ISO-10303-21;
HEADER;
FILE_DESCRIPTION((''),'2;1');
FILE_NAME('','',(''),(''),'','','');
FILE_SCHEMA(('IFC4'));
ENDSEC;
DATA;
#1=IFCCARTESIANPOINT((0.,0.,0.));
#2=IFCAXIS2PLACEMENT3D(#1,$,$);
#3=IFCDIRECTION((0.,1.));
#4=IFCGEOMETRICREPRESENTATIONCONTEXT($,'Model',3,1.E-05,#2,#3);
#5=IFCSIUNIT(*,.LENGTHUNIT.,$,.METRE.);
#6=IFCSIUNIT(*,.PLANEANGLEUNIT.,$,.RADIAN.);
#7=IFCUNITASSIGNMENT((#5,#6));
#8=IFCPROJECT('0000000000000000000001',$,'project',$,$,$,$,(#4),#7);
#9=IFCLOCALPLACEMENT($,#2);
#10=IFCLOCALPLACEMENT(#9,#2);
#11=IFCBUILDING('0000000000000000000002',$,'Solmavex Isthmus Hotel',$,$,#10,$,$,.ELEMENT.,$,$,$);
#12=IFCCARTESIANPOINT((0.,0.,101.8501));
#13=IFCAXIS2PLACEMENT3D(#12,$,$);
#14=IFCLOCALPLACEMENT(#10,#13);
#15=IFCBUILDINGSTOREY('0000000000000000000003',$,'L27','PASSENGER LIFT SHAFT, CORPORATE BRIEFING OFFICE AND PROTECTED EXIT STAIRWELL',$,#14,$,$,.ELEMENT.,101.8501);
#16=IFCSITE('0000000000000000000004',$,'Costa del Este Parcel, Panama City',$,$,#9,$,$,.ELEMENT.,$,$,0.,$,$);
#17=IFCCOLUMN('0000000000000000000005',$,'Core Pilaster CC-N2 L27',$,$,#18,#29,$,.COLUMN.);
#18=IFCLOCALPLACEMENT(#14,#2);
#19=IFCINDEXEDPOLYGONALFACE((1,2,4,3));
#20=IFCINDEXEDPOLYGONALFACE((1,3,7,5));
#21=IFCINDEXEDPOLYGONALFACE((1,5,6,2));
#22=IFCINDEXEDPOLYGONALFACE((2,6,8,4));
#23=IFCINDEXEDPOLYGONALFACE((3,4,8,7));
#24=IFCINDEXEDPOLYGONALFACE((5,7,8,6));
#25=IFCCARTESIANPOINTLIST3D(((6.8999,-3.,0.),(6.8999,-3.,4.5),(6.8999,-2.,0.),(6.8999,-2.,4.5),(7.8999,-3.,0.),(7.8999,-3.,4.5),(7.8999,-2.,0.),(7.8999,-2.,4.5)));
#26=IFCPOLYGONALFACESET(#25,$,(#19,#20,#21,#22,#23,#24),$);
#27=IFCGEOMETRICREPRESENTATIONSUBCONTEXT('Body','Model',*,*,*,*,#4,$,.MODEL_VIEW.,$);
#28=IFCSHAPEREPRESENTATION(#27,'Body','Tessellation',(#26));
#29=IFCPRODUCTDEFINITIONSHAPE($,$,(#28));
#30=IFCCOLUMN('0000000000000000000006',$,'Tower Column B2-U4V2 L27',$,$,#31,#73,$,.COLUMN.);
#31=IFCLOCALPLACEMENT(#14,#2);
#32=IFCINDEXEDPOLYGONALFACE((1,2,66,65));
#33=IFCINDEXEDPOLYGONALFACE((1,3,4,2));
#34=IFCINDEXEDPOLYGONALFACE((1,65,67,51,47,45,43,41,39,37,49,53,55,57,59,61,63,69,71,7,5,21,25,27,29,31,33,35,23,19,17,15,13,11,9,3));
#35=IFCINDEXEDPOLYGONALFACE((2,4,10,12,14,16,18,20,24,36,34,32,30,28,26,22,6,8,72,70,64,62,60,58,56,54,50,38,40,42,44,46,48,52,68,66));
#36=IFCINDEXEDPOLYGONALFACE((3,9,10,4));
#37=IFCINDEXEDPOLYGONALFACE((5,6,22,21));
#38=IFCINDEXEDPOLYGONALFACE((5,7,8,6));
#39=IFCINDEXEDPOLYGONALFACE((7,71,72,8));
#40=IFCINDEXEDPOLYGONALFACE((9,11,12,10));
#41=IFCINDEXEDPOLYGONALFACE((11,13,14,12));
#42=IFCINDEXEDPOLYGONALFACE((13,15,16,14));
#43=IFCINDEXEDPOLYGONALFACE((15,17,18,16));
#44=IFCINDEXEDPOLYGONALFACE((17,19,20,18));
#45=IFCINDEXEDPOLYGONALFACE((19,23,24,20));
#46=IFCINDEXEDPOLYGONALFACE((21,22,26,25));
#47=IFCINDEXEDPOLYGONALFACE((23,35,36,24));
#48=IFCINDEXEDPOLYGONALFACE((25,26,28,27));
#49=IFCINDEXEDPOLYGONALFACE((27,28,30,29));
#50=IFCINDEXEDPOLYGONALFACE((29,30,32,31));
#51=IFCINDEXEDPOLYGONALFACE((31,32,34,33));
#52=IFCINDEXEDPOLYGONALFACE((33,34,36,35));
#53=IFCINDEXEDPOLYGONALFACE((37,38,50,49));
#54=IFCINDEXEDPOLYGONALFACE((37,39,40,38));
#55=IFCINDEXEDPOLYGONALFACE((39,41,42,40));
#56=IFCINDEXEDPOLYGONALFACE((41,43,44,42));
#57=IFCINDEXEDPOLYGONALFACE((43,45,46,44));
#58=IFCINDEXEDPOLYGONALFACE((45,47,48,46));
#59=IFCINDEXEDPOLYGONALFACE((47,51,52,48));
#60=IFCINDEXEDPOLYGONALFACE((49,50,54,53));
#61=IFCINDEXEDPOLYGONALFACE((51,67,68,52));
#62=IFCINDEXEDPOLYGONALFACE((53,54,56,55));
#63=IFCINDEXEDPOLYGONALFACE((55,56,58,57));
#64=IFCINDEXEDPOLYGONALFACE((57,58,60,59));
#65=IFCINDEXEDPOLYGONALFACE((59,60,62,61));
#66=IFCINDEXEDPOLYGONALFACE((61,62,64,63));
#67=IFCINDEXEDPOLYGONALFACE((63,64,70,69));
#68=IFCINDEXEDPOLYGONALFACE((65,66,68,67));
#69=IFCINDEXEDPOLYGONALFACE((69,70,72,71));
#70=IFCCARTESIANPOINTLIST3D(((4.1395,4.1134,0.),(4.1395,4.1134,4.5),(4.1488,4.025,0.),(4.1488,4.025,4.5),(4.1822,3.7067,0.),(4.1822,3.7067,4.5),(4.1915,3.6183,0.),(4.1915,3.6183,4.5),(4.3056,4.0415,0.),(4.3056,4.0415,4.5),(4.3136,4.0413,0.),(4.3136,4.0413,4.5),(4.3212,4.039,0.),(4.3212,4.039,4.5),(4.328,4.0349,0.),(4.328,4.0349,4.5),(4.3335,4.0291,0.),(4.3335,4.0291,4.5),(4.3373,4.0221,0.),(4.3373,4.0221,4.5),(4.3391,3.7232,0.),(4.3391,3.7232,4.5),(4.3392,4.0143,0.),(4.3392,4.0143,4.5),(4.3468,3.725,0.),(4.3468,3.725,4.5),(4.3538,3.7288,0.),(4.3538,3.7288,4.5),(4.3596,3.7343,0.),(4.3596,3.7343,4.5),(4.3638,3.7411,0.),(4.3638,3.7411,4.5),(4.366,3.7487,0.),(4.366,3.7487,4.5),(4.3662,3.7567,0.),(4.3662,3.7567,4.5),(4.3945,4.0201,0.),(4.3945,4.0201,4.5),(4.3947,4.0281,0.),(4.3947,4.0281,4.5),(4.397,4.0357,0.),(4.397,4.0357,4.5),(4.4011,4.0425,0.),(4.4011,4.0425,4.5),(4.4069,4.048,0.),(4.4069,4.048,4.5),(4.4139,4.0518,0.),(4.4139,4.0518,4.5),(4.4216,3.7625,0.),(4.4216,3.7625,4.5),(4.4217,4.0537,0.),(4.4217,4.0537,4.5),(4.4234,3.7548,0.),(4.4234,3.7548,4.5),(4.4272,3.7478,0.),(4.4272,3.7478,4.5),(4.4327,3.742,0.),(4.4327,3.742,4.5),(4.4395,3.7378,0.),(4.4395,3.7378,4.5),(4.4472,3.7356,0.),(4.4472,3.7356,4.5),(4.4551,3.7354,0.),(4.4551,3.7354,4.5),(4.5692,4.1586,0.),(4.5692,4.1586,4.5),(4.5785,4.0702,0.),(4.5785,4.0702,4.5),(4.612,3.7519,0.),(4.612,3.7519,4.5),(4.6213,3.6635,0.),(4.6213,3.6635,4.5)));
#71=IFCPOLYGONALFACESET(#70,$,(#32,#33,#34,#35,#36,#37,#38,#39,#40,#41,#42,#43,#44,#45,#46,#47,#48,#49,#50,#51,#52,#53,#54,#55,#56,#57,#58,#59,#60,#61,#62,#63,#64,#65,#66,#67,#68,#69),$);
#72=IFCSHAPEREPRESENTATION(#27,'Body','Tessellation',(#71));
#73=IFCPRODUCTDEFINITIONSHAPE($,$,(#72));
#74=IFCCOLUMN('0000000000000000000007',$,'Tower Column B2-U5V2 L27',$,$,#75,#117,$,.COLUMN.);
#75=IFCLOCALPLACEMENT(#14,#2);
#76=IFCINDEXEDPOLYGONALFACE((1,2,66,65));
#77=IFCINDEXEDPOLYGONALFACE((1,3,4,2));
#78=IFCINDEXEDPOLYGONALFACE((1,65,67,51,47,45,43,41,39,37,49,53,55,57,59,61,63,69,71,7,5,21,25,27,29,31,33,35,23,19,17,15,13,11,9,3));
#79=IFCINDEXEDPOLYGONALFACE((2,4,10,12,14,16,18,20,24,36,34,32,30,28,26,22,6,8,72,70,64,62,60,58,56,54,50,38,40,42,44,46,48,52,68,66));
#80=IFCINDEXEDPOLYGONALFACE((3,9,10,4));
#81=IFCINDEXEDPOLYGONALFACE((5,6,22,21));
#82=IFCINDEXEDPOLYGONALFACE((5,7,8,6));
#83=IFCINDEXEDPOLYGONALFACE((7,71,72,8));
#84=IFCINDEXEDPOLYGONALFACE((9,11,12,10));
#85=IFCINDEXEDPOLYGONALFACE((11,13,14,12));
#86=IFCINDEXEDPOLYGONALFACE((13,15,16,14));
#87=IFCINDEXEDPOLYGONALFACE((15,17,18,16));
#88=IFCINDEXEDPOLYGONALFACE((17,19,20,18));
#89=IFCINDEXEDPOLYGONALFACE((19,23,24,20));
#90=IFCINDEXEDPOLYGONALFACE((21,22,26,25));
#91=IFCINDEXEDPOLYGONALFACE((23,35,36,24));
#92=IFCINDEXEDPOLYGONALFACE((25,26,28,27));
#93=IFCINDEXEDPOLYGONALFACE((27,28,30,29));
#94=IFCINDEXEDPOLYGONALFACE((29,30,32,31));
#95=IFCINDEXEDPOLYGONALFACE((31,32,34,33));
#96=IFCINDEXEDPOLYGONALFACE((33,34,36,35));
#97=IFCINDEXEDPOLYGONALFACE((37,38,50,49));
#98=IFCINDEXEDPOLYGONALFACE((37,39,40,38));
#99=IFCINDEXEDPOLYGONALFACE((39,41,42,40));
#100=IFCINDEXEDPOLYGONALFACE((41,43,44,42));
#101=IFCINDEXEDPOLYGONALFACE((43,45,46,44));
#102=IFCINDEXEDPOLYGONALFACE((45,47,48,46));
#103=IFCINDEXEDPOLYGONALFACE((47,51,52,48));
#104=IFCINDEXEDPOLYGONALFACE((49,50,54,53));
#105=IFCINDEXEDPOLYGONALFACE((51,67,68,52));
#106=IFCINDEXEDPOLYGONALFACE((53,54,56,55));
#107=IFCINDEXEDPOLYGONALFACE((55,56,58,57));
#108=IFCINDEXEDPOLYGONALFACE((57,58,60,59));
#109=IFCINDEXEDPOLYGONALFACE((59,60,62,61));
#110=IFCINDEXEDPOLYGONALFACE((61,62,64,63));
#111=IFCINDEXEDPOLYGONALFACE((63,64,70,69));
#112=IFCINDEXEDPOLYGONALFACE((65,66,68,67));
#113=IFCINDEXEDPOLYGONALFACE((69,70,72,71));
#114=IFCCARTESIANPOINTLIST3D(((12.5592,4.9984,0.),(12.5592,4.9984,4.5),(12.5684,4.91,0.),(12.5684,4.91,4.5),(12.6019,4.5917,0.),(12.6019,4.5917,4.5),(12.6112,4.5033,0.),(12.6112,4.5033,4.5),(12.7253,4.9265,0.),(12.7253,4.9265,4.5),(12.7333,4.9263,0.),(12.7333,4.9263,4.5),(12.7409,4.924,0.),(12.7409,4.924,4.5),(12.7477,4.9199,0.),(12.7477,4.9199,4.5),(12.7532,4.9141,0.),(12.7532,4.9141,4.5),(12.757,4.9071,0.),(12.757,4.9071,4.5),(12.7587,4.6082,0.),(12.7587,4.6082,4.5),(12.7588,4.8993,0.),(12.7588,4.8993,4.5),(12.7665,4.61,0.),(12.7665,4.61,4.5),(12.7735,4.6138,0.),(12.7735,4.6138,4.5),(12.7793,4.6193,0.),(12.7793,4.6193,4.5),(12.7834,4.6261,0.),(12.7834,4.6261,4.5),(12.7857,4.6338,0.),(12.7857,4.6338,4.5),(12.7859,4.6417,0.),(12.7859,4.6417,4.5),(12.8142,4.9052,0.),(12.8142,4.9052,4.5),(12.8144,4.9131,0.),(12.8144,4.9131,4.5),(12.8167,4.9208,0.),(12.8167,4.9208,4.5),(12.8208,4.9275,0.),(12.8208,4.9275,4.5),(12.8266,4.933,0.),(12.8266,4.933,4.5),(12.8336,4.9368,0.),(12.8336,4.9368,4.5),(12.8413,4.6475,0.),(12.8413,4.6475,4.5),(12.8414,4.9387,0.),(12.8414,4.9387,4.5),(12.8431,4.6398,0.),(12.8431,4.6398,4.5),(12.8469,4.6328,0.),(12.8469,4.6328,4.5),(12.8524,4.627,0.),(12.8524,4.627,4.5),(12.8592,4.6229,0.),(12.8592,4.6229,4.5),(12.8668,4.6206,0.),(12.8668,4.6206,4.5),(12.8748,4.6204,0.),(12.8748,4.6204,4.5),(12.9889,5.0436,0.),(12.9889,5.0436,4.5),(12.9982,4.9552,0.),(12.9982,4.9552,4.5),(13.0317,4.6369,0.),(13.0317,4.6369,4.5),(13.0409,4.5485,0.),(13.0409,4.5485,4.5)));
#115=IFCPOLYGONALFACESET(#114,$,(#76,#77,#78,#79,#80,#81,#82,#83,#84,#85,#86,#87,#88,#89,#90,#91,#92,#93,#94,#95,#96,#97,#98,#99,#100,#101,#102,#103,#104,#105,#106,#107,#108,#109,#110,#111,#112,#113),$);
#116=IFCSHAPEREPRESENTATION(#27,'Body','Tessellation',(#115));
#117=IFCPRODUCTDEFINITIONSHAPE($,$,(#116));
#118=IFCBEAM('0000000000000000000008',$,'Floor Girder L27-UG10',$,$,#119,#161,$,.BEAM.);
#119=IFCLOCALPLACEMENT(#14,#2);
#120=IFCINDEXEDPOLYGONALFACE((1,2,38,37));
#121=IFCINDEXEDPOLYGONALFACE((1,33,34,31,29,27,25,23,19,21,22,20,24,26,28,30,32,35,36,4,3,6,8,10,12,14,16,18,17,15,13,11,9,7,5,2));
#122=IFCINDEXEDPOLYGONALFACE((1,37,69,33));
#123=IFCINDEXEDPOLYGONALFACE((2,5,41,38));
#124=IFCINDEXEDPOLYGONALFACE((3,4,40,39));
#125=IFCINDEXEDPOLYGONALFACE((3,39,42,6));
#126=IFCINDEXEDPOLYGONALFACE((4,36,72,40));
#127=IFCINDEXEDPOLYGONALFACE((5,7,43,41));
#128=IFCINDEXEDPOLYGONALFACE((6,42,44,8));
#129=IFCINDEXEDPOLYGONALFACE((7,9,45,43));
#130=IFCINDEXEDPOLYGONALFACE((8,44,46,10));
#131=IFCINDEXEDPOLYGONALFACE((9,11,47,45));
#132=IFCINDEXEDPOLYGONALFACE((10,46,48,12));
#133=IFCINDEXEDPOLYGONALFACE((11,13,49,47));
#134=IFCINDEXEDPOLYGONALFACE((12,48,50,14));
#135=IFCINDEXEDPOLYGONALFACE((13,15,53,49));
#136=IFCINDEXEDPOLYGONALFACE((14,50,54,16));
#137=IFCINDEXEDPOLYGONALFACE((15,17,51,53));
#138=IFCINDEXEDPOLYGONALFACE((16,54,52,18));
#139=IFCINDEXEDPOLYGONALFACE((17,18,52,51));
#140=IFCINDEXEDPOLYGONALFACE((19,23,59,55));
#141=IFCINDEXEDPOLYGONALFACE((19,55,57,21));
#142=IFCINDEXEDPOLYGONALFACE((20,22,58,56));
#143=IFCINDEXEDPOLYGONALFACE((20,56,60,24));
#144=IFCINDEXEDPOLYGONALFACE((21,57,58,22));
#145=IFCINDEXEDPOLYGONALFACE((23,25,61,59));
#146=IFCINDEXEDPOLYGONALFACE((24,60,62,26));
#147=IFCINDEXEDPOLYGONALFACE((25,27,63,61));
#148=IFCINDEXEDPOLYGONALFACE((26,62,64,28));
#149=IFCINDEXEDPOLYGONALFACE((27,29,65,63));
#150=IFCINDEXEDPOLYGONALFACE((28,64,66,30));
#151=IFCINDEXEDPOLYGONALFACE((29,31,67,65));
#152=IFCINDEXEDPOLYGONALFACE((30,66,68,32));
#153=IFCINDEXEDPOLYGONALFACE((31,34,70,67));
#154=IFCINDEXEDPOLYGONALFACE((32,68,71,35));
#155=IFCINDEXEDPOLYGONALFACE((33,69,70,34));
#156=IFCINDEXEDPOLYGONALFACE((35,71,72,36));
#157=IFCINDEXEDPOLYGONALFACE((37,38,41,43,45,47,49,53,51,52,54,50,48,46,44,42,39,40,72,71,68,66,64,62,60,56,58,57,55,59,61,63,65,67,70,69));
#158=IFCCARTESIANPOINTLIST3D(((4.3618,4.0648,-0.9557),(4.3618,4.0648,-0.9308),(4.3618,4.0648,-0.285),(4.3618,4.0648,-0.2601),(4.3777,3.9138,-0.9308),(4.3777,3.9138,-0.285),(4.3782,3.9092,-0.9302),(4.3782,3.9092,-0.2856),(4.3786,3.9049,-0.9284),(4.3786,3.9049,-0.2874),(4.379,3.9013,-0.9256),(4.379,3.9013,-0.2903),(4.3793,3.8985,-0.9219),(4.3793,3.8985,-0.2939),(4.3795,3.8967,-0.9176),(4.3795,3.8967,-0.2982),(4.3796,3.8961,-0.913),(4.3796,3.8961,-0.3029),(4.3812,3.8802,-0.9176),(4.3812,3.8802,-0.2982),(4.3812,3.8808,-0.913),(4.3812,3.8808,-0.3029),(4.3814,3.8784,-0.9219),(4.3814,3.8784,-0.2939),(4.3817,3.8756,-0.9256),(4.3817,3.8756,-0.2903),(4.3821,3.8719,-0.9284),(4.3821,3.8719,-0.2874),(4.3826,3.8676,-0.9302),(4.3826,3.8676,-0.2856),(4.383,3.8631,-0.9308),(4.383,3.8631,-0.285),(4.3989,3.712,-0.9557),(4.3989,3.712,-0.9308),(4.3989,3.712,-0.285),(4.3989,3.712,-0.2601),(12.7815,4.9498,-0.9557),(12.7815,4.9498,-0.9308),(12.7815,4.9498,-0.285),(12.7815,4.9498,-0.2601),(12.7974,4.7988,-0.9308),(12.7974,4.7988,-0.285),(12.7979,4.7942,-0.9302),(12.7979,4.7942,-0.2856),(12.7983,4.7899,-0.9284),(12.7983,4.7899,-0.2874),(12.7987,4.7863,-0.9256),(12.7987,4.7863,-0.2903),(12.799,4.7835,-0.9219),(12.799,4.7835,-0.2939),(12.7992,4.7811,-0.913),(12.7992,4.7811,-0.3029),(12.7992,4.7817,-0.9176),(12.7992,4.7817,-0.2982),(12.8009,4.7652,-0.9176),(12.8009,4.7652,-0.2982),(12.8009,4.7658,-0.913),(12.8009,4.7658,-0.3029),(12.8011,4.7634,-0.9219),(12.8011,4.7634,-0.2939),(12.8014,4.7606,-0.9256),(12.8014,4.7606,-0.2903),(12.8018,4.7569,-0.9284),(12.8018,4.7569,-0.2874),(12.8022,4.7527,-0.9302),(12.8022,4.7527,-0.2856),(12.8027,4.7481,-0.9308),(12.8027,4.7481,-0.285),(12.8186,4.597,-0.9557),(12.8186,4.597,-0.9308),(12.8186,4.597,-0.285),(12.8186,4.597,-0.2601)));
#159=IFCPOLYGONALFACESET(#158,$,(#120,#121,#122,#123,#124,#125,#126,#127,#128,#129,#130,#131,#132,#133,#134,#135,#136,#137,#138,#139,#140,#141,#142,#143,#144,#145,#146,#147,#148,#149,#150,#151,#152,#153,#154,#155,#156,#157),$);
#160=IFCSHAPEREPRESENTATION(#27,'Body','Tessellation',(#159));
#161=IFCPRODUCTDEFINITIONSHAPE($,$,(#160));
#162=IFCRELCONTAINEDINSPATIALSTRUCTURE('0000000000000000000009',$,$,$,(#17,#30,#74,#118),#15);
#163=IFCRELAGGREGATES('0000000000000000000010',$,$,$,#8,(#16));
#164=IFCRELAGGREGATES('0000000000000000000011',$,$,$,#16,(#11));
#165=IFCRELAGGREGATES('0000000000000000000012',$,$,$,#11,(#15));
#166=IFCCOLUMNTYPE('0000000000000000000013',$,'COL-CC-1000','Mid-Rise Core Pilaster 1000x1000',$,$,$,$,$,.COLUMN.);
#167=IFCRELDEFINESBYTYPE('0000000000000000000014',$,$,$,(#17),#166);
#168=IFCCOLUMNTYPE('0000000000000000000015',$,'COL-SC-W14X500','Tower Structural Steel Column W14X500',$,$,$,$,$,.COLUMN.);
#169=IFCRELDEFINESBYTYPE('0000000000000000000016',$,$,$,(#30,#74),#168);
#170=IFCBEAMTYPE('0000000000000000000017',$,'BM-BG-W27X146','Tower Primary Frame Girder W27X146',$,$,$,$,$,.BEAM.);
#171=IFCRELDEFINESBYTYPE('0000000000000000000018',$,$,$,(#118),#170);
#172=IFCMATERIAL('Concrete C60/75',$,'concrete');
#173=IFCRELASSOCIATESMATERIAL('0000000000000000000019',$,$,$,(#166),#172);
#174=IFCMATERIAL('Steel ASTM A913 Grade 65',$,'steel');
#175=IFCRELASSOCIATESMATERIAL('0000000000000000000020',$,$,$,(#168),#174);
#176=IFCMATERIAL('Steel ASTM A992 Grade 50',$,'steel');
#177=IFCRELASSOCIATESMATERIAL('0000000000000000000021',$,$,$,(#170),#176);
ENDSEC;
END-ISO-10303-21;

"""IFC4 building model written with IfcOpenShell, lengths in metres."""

from ifc_helpers import new_model, si_unit, direction, frame, origin, origin_2d, place, context, subcontext, project, spatial, rectangle, i_section, extrude, material, material_profile, profile_set, type_object, element, save


model = new_model("IFC4")

# Units and contexts
model_context = context("Model", 3, precision=1e-05, world=origin(), true_north=direction((0.0, 1.0)))
body_context = subcontext(model_context, "Body", "Model", "MODEL_VIEW")
ifc_project = project(units=[si_unit("LENGTHUNIT", "METRE"), si_unit("PLANEANGLEUNIT", "RADIAN")], contexts=[model_context])

# Site, building, storey
site_placement = place(None, origin())
site = spatial("IfcSite", under=ifc_project, at=site_placement, Name="Costa del Este Parcel, Panama City", CompositionType="ELEMENT", RefElevation=0.0)
building_placement = place(site_placement, origin())
building = spatial("IfcBuilding", under=site, at=building_placement, Name="Solmavex Isthmus Hotel", CompositionType="ELEMENT")
storey_placement = place(building_placement, frame((0.0, 0.0, 101.8501)))
storey = spatial("IfcBuildingStorey", under=building, at=storey_placement, Name="L27", Description="PASSENGER LIFT SHAFT, CORPORATE BRIEFING OFFICE AND PROTECTED EXIT STAIRWELL", CompositionType="ELEMENT", Elevation=101.8501)

# Columns
ifc_material_1 = material(Name="Concrete C60/75", Category="concrete")
ifc_material_profile_1 = material_profile(ifc_material_1, rectangle(XDim=1.0, YDim=1.0, at=origin_2d()), Name="RC1000X1000")
ifc_profile_set_1 = profile_set([ifc_material_profile_1], Name="Concrete C60/75")
column_type_1 = type_object("IfcColumnType", Name="COL-CC-1000", Description="Mid-Rise Core Pilaster 1000x1000", PredefinedType="COLUMN", material=ifc_profile_set_1)
column_placement = place(storey_placement, frame((7.3999, -2.5, 0.0), z_axis=(0.0, 0.0, 1.0), x_axis=(1.0, 0.0, 0.0)))
element("IfcColumn", 1, at=column_placement, inside=storey, type_object=column_type_1, Name="Core Pilaster CC-N2 L27", PredefinedType="COLUMN", context=body_context, shape_type="SweptSolid", body=[
    extrude(rectangle(XDim=1.0, YDim=1.0, at=origin_2d()), origin(), (0.0, 0.0, 1.0), 4.5),
])
ifc_material_2 = material(Name="Steel ASTM A913 Grade 65", Category="steel")
ifc_material_profile_2 = material_profile(ifc_material_2, i_section(OverallWidth=0.4321, OverallDepth=0.4978, WebThickness=0.0557, FlangeThickness=0.0889, FilletRadius=0.0305, at=origin_2d()), Name="W14X500")
ifc_profile_set_2 = profile_set([ifc_material_profile_2], Name="Steel ASTM A913 Grade 65")
column_type_2 = type_object("IfcColumnType", Name="COL-SC-W14X500", Description="Tower Structural Steel Column W14X500", PredefinedType="COLUMN", material=ifc_profile_set_2)
for number, where, z_axis, x_axis, name in (
    (2, (4.3804, 3.8884, 0.0), (0.0, 0.0, 1.0), (0.994522, 0.104528, 0.0), "Tower Column B2-U4V2 L27"),
    (3, (12.8, 4.7734, 0.0), (0.0, 0.0, 1.0), (0.994522, 0.104528, 0.0), "Tower Column B2-U5V2 L27"),
):
    element("IfcColumn", number, at=place(storey_placement, frame(where, z_axis=z_axis, x_axis=x_axis)), inside=storey, type_object=column_type_2, Name=name, PredefinedType="COLUMN", context=body_context, shape_type="SweptSolid", body=[
        extrude(i_section(OverallWidth=0.4321, OverallDepth=0.4978, WebThickness=0.0557, FlangeThickness=0.0889, FilletRadius=0.0305, at=origin_2d()), origin(), (0.0, 0.0, 1.0), 4.5),
    ])

# Beam
ifc_material_3 = material(Name="Steel ASTM A992 Grade 50", Category="steel")
ifc_material_profile_3 = material_profile(ifc_material_3, i_section(OverallWidth=0.3547, OverallDepth=0.6956, WebThickness=0.0154, FlangeThickness=0.0249, FilletRadius=0.0178, at=origin_2d()), Name="W27X146")
ifc_profile_set_3 = profile_set([ifc_material_profile_3], Name="Steel ASTM A992 Grade 50")
beam_type_1 = type_object("IfcBeamType", Name="BM-BG-W27X146", Description="Tower Primary Frame Girder W27X146", PredefinedType="BEAM", material=ifc_profile_set_3)
for number, where, z_axis, x_axis, name in (
    (4, (4.3804, 3.8884, -0.6079), (0.994521, 0.104536, 0.0), (-0.104536, 0.994521, 0.0), "Floor Girder L27-UG10"),
):
    element("IfcBeam", number, at=place(storey_placement, frame(where, z_axis=z_axis, x_axis=x_axis)), inside=storey, type_object=beam_type_1, Name=name, PredefinedType="BEAM", context=body_context, shape_type="SweptSolid", body=[
        extrude(i_section(OverallWidth=0.3547, OverallDepth=0.6956, WebThickness=0.0154, FlangeThickness=0.0249, FilletRadius=0.0178, at=origin_2d()), origin(), (0.0, 0.0, 1.0), 8.4661),
    ])

save(model, "model.ifc")
